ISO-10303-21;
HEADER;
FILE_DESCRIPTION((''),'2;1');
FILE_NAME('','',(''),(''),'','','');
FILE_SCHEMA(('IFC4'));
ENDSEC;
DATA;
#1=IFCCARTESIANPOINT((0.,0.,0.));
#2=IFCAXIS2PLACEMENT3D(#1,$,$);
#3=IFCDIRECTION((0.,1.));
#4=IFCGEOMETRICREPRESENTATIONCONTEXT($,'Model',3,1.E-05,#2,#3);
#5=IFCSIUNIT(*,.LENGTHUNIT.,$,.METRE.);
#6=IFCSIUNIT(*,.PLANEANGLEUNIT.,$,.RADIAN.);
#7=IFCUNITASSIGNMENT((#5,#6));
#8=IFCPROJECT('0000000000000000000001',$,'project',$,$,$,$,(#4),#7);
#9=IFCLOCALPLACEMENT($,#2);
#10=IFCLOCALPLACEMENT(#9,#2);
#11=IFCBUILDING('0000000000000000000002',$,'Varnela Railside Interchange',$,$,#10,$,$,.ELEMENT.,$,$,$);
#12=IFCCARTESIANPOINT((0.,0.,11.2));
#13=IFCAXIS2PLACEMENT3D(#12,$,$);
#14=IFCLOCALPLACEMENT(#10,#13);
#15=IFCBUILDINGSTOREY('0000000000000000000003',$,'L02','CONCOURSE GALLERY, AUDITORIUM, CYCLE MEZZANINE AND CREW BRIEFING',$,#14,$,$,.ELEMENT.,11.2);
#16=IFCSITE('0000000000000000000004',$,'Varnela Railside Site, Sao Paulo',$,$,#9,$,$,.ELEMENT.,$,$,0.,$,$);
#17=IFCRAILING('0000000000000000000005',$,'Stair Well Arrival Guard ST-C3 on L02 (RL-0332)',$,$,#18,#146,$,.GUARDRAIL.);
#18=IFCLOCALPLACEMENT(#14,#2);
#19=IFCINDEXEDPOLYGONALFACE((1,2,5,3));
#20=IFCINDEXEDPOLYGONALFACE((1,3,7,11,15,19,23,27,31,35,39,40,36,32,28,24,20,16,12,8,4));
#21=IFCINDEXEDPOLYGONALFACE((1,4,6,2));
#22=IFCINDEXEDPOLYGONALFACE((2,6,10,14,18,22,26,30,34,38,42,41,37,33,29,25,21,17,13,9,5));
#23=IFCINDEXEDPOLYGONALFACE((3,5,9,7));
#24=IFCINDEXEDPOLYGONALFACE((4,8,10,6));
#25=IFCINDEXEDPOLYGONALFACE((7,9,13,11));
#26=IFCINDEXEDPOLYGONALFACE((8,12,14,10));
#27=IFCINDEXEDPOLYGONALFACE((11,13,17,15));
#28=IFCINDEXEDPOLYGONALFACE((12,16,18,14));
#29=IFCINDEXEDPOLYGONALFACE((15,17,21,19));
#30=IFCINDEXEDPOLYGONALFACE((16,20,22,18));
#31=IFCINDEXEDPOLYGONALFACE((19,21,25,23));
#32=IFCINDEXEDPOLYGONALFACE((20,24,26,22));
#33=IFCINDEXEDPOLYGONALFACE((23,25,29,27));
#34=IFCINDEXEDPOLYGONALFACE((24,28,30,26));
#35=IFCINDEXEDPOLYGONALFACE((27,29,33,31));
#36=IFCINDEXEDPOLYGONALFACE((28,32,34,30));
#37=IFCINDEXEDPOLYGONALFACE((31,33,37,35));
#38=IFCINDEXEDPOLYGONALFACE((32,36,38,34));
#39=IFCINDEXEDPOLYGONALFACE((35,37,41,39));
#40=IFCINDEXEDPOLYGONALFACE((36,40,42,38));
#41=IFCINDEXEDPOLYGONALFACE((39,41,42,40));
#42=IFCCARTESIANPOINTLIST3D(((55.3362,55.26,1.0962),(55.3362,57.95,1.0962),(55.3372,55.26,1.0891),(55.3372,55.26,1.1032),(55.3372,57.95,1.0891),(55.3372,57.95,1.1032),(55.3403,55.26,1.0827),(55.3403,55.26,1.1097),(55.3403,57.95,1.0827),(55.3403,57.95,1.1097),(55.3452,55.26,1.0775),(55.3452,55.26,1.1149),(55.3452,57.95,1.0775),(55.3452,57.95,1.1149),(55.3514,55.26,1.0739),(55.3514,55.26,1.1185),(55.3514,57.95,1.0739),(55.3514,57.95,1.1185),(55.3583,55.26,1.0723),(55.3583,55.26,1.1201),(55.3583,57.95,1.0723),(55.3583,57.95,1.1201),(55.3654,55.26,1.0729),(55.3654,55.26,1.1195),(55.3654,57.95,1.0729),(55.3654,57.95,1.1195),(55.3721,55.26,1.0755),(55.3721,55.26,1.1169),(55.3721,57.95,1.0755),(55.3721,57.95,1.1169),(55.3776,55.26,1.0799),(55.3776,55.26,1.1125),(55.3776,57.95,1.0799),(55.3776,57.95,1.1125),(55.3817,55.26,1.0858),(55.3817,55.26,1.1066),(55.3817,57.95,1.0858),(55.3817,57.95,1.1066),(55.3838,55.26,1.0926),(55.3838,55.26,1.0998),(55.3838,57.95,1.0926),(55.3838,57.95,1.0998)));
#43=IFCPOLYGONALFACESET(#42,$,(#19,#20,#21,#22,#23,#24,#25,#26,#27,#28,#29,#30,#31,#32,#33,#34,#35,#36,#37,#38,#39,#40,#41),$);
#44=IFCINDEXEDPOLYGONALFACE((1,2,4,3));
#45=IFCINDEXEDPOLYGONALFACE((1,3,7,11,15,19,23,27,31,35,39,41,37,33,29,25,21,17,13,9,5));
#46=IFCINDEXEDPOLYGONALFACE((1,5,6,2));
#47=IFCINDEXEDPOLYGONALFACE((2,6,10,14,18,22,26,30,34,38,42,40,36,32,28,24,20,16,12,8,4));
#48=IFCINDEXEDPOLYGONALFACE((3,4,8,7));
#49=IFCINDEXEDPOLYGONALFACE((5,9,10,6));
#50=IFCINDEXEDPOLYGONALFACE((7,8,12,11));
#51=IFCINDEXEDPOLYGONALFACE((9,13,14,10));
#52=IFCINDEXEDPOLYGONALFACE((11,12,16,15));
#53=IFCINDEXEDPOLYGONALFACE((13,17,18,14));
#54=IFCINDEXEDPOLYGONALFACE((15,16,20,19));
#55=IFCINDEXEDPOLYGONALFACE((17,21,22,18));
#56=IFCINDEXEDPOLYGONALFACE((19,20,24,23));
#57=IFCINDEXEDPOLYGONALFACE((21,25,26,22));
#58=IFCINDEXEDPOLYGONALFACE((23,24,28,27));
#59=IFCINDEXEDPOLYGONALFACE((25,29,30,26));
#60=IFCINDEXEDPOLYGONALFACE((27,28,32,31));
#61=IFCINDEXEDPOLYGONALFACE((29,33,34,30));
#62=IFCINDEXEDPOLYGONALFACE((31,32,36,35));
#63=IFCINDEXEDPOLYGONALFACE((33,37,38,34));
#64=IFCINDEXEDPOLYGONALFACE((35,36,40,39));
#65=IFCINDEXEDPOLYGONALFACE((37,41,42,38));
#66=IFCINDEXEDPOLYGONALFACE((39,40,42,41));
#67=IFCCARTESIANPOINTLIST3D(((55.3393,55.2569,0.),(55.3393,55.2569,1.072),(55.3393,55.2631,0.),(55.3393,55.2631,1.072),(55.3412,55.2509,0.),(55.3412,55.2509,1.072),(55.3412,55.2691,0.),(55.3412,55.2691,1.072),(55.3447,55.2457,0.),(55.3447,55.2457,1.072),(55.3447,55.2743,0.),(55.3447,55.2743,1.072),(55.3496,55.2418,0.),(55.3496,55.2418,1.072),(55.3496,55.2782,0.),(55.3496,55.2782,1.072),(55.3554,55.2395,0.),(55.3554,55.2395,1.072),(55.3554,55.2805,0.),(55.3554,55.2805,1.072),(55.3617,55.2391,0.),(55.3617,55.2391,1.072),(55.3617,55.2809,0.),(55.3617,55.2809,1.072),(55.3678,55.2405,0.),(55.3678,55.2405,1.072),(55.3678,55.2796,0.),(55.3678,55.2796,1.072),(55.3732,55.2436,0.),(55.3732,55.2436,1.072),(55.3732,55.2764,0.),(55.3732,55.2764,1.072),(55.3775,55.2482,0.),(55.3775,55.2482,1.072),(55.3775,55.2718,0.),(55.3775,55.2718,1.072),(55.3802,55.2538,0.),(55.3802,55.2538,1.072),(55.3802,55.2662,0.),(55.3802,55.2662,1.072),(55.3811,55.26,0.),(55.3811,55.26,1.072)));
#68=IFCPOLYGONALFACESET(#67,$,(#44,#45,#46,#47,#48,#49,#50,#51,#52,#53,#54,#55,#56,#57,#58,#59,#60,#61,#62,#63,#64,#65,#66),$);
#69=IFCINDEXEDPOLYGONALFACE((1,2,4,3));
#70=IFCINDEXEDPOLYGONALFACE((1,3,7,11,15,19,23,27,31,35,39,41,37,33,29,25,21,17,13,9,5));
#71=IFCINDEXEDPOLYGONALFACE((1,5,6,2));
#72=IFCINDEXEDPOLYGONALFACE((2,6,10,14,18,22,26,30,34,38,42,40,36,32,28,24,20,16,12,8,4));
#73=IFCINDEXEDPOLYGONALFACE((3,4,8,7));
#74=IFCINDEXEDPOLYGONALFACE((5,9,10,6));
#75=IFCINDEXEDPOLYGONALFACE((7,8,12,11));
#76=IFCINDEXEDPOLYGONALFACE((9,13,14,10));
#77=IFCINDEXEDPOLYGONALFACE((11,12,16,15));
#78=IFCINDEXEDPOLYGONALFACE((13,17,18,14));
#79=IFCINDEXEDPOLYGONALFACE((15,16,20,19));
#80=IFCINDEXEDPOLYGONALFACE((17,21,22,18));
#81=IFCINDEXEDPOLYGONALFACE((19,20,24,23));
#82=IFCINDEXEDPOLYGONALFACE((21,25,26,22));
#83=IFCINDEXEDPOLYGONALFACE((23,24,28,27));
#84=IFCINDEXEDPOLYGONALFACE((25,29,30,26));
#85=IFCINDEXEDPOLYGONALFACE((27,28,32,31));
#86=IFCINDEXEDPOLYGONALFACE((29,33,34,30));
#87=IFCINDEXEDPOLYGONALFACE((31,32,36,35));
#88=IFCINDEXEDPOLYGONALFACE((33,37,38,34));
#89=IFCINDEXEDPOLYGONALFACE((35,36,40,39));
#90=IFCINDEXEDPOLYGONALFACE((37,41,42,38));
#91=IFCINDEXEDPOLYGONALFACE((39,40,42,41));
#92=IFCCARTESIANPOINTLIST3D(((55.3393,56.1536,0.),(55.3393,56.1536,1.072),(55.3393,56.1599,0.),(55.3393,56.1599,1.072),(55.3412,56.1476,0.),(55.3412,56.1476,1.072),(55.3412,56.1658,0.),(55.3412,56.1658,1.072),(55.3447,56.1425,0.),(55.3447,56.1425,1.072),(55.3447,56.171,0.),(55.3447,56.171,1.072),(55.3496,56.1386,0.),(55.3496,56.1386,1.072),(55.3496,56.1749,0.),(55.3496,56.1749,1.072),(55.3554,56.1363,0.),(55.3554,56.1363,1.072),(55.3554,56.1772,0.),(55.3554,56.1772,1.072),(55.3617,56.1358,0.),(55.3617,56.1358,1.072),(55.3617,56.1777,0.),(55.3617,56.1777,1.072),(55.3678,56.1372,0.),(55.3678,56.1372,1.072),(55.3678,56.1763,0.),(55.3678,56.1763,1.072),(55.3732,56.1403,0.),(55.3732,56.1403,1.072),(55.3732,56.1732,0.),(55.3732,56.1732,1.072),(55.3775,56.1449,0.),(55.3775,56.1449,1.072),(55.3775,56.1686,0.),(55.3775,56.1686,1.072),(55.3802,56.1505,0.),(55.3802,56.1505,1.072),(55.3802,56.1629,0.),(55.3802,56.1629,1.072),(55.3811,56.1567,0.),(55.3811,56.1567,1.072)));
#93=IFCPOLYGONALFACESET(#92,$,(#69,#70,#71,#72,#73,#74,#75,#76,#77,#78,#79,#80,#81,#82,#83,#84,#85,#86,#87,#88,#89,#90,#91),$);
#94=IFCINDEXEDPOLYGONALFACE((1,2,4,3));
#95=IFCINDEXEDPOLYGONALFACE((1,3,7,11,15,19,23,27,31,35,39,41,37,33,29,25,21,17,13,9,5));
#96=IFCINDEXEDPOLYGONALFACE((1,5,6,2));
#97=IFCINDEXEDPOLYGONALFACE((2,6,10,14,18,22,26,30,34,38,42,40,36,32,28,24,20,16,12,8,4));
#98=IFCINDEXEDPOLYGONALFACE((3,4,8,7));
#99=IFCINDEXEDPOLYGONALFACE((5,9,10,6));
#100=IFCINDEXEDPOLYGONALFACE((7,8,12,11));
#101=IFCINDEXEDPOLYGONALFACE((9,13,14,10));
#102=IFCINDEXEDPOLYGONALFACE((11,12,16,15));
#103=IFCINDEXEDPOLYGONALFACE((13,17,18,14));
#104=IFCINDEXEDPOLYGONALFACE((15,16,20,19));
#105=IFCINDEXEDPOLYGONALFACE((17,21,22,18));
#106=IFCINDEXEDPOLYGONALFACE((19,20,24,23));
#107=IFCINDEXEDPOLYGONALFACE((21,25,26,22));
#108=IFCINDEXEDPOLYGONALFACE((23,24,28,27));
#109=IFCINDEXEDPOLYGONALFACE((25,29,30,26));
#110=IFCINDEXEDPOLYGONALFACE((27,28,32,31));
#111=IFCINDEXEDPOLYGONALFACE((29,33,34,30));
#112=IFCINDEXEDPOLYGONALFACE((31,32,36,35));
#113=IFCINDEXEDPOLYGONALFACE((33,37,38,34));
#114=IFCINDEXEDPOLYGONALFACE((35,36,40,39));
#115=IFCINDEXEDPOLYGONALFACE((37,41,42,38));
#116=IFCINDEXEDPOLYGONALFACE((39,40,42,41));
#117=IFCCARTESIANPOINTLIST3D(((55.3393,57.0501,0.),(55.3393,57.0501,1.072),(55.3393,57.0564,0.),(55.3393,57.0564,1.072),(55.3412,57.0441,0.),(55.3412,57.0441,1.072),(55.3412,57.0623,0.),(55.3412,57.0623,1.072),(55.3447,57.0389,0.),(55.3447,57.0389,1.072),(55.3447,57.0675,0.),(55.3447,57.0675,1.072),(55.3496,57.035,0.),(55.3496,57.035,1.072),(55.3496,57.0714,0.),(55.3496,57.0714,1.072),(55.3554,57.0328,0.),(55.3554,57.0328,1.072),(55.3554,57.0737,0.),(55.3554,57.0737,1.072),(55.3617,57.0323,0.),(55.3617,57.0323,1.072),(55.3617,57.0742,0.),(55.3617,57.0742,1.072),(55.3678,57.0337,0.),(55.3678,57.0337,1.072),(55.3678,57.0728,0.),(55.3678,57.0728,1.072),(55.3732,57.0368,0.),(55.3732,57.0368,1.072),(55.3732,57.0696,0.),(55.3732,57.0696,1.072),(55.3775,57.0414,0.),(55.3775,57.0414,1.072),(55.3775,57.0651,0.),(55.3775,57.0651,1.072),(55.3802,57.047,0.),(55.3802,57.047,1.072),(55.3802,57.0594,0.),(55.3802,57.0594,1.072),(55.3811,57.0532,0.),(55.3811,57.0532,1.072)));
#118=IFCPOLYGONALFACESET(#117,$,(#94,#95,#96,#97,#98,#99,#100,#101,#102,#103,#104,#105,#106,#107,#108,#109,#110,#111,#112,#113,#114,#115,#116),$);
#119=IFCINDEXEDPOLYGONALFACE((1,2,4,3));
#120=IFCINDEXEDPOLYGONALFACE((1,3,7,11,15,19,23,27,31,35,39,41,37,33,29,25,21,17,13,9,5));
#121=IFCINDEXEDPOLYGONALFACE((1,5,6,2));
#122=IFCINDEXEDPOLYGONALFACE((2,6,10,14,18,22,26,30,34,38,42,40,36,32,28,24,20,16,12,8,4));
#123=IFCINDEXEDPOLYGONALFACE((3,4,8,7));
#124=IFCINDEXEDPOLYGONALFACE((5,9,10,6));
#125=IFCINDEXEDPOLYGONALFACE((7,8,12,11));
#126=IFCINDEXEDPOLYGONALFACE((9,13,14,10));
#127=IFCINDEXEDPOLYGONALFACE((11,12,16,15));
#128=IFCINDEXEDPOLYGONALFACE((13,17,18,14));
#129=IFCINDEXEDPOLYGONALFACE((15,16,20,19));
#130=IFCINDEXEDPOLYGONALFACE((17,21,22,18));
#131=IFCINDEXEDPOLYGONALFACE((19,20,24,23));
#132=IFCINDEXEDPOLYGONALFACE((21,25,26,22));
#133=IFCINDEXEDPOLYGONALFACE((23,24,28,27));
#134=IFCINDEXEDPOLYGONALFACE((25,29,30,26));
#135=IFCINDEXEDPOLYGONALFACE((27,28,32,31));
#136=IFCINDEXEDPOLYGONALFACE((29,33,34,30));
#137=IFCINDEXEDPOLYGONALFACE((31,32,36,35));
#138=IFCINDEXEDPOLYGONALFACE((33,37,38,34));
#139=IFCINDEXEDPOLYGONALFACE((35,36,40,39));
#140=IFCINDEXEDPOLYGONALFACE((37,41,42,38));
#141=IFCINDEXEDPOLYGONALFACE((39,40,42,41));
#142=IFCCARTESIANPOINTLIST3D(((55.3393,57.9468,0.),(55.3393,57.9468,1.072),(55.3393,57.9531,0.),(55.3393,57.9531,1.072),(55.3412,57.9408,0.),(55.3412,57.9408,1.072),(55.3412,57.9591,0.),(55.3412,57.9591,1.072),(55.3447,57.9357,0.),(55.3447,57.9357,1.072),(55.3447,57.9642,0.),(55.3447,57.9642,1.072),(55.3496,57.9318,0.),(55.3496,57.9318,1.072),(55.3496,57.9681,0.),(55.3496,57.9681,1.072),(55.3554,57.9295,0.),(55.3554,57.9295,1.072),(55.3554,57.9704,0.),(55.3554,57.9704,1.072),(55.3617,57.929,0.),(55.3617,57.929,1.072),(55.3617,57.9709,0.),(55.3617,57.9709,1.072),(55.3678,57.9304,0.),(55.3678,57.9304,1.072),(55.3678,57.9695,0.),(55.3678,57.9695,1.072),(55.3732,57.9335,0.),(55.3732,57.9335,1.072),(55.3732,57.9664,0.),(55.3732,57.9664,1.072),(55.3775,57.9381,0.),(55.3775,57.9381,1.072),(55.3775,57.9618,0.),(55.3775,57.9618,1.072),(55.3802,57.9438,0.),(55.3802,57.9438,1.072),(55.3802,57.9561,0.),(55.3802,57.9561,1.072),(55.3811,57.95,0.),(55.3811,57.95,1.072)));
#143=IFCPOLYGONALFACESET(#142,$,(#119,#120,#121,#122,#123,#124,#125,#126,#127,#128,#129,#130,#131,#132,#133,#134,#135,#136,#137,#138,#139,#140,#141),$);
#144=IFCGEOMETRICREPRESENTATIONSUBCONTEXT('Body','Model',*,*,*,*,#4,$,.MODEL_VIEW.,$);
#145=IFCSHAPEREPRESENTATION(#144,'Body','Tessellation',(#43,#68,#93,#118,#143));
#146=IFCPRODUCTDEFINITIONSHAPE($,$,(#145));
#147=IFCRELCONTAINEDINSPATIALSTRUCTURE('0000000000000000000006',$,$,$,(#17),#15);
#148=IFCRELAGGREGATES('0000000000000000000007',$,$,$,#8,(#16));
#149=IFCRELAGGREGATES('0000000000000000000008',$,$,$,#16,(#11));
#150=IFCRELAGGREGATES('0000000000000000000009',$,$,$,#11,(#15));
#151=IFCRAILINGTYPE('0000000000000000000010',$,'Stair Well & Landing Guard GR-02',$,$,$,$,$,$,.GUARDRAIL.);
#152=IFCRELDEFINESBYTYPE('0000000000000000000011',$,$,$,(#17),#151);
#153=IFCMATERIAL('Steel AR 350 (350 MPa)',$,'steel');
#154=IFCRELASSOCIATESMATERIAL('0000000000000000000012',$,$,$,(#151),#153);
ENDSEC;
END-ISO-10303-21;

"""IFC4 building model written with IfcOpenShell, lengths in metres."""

from ifc_helpers import new_model, si_unit, direction, frame, origin, origin_2d, place, context, subcontext, project, spatial, circle, extrude, material, type_object, element, save


model = new_model("IFC4")

# Units and contexts
model_context = context("Model", 3, precision=1e-05, world=origin(), true_north=direction((0.0, 1.0)))
body_context = subcontext(model_context, "Body", "Model", "MODEL_VIEW")
ifc_project = project(units=[si_unit("LENGTHUNIT", "METRE"), si_unit("PLANEANGLEUNIT", "RADIAN")], contexts=[model_context])

# Site, building, storey
site_placement = place(None, origin())
site = spatial("IfcSite", under=ifc_project, at=site_placement, Name="Varnela Railside Site, Sao Paulo", CompositionType="ELEMENT", RefElevation=0.0)
building_placement = place(site_placement, origin())
building = spatial("IfcBuilding", under=site, at=building_placement, Name="Varnela Railside Interchange", CompositionType="ELEMENT")
storey_placement = place(building_placement, frame((0.0, 0.0, 11.2)))
storey = spatial("IfcBuildingStorey", under=building, at=storey_placement, Name="L02", Description="CONCOURSE GALLERY, AUDITORIUM, CYCLE MEZZANINE AND CREW BRIEFING", CompositionType="ELEMENT", Elevation=11.2)

# Shared definitions
ifc_material_1 = material(Name="Steel AR 350 (350 MPa)", Category="steel")

# Railing
railing_type = type_object("IfcRailingType", Name="Stair Well & Landing Guard GR-02", PredefinedType="GUARDRAIL", material=ifc_material_1)
for number, where, name in (
    (1, (55.3601, 55.26, 0.0), "Stair Well Arrival Guard ST-C3 on L02 (RL-0332)"),
):
    element("IfcRailing", number, at=place(storey_placement, frame(where)), inside=storey, type_object=railing_type, Name=name, PredefinedType="GUARDRAIL", context=body_context, shape_type="SweptSolid", body=[
        extrude(circle(Radius=0.0239, at=origin_2d()), frame((0.0, 0.0, 1.0962), z_axis=(0.0, 1.0, 0.0), x_axis=(-1.0, 0.0, 0.0)), (0.0, 0.0, 1.0), 2.6899),
        extrude(circle(Radius=0.021, at=origin_2d()), origin(), (0.0, 0.0, 1.0), 1.072),
        extrude(circle(Radius=0.021, at=origin_2d()), frame((0.0, 0.8967, 0.0)), (0.0, 0.0, 1.0), 1.072),
        extrude(circle(Radius=0.021, at=origin_2d()), frame((0.0, 1.7932, 0.0)), (0.0, 0.0, 1.0), 1.072),
        extrude(circle(Radius=0.021, at=origin_2d()), frame((0.0, 2.6899, 0.0)), (0.0, 0.0, 1.0), 1.072),
    ])

save(model, "model.ifc")
